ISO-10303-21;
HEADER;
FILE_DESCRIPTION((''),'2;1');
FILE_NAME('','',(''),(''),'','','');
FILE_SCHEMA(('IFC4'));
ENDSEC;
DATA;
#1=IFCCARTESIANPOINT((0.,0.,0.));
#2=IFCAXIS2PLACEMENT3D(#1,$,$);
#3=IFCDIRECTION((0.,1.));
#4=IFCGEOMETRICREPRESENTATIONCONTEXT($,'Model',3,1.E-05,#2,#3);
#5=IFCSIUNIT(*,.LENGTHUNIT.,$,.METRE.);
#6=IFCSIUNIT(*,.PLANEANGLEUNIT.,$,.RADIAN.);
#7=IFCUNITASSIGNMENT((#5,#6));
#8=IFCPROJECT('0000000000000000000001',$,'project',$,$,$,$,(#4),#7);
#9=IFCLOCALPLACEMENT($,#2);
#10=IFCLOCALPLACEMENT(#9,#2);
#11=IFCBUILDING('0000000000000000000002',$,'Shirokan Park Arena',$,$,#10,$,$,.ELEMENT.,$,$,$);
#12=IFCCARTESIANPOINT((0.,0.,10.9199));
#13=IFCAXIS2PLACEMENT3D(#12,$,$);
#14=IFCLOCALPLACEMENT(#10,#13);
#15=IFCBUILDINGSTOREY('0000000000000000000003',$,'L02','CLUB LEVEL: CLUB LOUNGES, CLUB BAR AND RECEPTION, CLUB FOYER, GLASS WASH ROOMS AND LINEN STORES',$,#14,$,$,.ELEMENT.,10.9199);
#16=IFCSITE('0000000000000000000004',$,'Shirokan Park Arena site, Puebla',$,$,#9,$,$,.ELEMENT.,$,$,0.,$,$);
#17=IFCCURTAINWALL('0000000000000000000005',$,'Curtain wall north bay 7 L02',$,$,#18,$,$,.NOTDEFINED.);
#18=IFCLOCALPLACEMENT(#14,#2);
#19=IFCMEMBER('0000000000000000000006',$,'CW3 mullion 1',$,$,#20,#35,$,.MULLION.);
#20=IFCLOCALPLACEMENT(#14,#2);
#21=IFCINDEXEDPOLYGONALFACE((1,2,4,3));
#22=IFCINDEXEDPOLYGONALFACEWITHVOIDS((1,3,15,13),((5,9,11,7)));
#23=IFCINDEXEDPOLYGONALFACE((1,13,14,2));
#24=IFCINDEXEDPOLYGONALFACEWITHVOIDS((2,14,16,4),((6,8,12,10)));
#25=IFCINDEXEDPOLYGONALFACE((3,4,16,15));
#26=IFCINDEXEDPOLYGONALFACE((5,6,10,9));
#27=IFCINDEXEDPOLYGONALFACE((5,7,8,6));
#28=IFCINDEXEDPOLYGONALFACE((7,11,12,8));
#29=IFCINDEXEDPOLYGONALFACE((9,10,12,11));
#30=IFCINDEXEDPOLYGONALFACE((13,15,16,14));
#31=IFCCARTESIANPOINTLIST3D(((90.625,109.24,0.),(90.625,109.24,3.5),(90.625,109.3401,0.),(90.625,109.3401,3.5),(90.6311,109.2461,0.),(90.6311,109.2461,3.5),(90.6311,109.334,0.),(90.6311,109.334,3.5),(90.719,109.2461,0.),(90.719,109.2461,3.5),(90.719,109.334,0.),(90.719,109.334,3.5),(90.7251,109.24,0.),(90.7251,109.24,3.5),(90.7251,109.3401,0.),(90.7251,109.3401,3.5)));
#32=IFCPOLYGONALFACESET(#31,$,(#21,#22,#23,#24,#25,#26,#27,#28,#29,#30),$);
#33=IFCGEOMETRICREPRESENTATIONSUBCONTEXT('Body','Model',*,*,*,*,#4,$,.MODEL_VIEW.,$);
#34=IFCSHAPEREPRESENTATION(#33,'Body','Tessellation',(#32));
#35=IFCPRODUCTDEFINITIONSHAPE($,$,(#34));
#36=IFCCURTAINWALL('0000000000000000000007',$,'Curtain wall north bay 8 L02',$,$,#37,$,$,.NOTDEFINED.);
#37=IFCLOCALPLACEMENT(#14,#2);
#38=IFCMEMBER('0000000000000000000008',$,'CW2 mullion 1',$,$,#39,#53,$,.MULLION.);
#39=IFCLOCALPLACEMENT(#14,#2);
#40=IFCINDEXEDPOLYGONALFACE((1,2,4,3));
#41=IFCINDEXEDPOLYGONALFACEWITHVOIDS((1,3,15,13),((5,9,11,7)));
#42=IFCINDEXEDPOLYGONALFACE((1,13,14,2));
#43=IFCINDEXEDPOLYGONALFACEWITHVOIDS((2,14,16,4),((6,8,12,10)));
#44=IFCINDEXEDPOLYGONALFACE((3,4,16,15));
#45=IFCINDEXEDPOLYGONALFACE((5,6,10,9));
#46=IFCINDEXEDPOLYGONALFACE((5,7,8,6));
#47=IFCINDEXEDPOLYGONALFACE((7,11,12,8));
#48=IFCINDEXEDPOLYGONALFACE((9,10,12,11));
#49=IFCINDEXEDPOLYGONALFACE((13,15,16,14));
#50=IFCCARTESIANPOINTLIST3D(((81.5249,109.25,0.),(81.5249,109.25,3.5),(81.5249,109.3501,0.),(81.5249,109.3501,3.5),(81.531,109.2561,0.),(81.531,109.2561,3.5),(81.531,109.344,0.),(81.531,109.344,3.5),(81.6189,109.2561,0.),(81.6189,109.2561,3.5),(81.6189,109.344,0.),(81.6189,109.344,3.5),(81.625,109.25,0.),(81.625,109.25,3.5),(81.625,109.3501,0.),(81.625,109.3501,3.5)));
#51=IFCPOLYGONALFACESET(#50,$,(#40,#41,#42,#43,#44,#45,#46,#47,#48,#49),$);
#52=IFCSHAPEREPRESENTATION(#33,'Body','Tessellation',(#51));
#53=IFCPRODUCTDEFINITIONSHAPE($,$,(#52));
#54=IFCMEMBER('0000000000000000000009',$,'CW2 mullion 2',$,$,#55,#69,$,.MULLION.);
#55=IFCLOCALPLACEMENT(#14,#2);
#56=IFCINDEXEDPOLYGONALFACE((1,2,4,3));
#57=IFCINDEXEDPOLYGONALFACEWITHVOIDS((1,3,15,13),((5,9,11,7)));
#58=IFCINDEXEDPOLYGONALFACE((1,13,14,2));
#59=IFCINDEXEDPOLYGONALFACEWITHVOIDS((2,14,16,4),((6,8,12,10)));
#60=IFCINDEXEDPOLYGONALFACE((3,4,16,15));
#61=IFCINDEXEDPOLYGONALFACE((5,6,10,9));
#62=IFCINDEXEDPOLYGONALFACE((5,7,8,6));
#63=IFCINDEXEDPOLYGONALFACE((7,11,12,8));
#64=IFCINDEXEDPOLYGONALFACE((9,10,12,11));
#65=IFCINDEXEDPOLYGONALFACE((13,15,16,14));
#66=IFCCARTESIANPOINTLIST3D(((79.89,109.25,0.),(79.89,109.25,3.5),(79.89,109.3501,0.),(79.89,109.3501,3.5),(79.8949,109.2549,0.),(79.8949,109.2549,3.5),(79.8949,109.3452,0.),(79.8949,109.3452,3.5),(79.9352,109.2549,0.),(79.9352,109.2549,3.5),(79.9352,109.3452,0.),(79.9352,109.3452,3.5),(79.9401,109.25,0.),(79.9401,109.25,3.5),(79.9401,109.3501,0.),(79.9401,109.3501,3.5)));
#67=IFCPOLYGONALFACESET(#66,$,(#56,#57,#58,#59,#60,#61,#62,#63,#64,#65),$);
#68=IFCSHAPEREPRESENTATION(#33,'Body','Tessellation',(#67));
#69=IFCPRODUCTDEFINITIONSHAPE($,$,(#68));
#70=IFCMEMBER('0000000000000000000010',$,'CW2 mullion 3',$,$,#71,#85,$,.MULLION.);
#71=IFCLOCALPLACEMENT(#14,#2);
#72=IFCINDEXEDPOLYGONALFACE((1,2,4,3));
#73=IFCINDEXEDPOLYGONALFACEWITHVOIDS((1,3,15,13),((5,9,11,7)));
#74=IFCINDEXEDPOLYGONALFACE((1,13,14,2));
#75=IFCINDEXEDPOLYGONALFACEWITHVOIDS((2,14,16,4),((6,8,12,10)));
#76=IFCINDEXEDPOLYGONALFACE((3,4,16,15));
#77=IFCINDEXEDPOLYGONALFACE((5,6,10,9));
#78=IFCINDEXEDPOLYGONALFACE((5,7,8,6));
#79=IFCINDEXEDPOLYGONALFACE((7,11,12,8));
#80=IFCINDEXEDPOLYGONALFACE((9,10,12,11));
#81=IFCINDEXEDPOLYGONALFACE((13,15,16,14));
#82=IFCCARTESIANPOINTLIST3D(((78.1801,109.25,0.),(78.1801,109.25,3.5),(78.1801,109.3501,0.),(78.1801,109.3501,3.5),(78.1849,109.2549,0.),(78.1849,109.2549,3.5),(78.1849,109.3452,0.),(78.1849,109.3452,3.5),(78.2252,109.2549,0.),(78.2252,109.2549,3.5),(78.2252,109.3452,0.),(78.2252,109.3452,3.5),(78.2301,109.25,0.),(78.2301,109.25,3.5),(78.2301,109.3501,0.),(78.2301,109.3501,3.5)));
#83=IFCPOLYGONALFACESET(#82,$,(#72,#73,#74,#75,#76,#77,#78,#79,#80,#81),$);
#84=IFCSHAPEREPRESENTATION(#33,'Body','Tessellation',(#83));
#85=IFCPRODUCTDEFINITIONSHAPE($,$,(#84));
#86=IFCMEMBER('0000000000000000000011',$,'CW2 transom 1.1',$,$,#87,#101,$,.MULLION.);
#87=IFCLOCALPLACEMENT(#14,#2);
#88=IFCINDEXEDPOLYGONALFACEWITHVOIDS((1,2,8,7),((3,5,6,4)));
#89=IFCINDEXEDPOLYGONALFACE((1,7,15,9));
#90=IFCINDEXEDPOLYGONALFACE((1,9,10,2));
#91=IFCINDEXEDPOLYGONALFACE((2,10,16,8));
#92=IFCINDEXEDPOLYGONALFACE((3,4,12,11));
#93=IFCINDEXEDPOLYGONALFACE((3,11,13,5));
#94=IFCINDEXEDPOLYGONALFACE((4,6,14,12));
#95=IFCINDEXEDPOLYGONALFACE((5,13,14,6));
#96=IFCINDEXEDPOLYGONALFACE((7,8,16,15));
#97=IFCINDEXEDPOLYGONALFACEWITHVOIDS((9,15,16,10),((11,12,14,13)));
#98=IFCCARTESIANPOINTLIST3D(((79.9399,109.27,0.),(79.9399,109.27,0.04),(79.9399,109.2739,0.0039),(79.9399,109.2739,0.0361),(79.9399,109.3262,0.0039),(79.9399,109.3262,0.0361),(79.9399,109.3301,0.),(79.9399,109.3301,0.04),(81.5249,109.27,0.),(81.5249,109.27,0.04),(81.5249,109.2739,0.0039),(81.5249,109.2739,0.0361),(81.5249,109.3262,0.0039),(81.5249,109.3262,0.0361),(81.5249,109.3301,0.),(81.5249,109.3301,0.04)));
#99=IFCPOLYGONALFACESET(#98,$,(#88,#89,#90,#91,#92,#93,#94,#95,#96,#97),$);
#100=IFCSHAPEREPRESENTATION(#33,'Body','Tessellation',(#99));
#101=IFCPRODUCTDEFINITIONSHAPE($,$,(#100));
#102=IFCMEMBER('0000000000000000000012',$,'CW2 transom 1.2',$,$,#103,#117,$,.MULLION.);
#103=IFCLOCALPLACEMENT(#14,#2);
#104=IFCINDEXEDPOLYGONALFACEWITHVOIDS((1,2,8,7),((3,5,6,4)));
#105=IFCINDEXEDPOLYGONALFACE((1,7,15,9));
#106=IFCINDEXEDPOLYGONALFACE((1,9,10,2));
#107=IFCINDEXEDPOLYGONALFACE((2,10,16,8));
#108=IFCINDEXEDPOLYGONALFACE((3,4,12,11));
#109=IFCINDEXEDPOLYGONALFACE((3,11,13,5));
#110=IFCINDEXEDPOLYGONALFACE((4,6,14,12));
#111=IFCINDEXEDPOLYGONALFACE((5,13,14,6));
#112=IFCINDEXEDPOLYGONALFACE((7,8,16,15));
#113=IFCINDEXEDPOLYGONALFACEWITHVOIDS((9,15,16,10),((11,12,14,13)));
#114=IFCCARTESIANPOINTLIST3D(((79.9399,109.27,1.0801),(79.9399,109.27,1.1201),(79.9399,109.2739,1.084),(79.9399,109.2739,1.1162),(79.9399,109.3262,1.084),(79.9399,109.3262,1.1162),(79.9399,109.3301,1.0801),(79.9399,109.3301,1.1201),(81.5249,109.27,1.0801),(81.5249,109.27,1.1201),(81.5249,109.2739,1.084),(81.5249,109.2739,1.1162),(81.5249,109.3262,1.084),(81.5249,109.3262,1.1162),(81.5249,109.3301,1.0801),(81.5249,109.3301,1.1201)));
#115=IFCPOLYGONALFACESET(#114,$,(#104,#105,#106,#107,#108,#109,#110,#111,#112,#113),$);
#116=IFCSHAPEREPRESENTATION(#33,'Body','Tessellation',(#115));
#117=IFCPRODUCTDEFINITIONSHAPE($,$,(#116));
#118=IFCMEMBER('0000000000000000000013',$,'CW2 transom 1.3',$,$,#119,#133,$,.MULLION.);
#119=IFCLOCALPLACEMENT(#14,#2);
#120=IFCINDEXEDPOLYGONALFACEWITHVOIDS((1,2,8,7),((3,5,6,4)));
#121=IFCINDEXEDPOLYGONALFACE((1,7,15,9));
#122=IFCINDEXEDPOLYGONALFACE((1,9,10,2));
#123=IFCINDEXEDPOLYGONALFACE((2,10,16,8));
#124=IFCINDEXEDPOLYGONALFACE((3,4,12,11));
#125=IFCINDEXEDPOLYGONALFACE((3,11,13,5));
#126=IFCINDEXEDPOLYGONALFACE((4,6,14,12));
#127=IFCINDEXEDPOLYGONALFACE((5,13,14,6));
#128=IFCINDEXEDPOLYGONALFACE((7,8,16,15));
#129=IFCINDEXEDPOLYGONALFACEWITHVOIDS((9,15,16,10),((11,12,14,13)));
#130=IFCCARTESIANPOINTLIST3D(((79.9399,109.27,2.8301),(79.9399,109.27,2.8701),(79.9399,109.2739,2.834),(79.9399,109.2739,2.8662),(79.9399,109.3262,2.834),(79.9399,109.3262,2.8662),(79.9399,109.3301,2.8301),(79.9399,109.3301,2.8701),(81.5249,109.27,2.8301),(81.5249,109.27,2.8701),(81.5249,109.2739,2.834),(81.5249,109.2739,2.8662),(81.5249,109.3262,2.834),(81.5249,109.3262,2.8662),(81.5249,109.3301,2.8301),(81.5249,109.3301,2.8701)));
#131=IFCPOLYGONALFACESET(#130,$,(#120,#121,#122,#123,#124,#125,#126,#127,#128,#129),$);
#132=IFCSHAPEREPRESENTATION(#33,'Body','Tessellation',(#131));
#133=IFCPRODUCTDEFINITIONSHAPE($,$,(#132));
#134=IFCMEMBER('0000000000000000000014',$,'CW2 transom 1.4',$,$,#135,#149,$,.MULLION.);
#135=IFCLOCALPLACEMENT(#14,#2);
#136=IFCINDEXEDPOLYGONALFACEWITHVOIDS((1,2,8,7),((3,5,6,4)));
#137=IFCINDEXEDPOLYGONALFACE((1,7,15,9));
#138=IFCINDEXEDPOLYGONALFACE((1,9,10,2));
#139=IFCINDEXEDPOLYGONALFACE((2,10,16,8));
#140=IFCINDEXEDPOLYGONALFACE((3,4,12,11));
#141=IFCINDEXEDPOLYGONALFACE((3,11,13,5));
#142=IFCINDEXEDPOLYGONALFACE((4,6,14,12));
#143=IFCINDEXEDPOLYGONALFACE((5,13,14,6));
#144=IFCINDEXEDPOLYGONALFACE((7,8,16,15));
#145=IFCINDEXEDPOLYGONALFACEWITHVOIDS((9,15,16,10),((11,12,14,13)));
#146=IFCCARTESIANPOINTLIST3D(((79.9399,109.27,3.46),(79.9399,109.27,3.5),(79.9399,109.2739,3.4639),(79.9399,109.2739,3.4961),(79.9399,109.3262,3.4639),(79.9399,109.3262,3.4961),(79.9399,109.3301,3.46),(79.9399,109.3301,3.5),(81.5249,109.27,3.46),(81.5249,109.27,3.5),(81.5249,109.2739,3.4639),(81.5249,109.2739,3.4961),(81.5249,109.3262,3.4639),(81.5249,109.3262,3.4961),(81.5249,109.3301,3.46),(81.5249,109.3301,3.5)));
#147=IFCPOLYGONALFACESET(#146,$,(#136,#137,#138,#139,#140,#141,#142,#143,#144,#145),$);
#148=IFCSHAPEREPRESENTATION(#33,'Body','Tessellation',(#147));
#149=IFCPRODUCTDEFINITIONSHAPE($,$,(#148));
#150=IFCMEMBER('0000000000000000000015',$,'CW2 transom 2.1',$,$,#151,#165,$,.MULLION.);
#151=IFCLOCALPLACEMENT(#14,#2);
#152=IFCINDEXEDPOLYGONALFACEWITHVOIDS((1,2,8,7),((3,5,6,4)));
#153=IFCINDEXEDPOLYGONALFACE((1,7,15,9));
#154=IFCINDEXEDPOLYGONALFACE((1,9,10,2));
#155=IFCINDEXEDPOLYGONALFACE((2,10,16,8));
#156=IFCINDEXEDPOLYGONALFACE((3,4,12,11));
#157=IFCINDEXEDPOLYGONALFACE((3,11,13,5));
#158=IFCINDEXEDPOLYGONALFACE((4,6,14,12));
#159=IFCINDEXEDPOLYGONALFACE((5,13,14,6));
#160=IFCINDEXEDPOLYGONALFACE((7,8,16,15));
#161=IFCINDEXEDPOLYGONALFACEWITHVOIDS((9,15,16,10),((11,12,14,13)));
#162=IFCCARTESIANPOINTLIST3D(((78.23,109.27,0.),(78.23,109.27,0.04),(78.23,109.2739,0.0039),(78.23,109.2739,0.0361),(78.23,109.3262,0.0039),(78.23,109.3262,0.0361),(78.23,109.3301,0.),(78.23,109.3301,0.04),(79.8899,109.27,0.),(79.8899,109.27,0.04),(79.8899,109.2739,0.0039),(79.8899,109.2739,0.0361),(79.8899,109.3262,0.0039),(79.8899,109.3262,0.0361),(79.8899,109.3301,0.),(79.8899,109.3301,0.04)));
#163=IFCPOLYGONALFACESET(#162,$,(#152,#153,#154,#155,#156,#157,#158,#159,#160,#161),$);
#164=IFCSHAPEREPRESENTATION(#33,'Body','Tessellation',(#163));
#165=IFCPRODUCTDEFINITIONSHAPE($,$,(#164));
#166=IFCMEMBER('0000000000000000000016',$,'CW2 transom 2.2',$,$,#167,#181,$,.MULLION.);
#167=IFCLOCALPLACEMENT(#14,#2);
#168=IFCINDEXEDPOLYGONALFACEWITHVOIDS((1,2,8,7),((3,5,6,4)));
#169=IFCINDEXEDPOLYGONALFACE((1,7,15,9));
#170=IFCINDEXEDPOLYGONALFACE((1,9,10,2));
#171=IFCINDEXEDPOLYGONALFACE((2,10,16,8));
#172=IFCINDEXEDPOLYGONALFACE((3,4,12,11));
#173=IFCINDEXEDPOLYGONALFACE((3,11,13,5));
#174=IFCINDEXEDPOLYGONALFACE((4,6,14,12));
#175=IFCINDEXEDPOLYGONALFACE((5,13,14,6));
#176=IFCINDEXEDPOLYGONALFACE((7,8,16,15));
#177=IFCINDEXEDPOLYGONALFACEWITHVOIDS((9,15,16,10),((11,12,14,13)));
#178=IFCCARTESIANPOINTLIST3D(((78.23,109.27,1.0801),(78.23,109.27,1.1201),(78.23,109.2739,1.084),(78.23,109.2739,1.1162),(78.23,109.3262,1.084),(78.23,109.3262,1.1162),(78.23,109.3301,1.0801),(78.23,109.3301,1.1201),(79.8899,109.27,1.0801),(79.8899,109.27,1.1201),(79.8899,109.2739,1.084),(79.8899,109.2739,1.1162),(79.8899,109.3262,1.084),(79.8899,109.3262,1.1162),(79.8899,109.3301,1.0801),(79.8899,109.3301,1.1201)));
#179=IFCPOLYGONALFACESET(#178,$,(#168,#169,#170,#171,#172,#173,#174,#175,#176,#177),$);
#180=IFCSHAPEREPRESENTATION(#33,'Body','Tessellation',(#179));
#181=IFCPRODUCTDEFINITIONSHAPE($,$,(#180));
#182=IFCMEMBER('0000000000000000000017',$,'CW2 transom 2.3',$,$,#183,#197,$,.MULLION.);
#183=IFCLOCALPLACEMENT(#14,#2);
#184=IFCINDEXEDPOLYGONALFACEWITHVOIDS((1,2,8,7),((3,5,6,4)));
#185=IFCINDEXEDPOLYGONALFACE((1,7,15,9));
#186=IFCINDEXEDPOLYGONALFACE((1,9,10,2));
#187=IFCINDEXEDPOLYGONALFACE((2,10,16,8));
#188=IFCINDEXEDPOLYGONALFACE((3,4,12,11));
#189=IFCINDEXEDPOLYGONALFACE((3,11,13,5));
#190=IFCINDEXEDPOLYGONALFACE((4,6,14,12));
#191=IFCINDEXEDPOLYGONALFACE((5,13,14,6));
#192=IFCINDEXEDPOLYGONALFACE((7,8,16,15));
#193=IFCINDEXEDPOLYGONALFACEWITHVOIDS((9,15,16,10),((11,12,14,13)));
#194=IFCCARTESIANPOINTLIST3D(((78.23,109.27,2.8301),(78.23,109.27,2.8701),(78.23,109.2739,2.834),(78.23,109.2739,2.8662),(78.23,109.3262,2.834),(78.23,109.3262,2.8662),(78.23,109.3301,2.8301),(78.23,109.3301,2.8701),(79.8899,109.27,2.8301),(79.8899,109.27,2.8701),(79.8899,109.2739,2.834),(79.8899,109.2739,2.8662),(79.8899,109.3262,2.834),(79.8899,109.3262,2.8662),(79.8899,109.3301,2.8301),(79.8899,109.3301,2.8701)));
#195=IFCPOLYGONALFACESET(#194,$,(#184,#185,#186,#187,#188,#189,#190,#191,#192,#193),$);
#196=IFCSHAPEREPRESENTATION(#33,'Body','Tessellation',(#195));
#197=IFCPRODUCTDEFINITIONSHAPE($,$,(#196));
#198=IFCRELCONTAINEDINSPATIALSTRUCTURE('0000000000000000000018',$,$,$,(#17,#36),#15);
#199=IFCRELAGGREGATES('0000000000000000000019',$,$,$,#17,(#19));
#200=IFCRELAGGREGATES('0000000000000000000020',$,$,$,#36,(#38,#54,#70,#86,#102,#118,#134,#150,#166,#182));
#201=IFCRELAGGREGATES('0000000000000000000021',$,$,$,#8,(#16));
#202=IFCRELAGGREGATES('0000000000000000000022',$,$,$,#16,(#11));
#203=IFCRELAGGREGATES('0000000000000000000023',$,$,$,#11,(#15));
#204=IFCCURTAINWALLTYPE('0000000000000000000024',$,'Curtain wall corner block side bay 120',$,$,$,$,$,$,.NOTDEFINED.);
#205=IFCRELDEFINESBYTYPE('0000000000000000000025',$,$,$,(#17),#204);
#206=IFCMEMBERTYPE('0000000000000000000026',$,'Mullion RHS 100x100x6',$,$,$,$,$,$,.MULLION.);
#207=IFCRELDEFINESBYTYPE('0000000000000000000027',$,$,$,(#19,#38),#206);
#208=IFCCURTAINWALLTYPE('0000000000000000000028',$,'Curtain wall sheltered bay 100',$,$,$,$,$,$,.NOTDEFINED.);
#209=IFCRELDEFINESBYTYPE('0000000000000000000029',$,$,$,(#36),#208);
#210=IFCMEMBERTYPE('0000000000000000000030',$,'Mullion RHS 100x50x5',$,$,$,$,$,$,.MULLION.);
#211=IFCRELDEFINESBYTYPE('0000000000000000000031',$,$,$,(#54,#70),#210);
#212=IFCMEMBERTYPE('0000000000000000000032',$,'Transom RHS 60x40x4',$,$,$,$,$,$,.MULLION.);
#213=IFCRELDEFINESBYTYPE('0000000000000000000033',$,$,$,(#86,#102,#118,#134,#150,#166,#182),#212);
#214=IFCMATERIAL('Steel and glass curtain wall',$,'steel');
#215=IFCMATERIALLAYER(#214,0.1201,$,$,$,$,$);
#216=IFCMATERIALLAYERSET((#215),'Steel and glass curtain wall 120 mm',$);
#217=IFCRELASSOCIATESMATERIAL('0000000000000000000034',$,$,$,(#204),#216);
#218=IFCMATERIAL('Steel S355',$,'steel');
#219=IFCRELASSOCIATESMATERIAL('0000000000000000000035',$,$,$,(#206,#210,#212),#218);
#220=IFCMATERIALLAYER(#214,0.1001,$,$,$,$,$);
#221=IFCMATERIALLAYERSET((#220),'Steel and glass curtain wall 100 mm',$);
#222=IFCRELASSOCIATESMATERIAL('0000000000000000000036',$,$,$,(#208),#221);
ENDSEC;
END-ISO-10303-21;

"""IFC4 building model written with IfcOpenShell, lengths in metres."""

from ifc_helpers import new_model, si_unit, direction, frame, origin, origin_2d, place, context, subcontext, project, spatial, hollow_rectangle, extrude, material, layer, layer_set, material_profile, profile_set, type_object, element, aggregate, save


model = new_model("IFC4")

# Units and contexts
model_context = context("Model", 3, precision=1e-05, world=origin(), true_north=direction((0.0, 1.0)))
body_context = subcontext(model_context, "Body", "Model", "MODEL_VIEW")
ifc_project = project(units=[si_unit("LENGTHUNIT", "METRE"), si_unit("PLANEANGLEUNIT", "RADIAN")], contexts=[model_context])

# Site, building, storey
site_placement = place(None, origin())
site = spatial("IfcSite", under=ifc_project, at=site_placement, Name="Shirokan Park Arena site, Puebla", CompositionType="ELEMENT", RefElevation=0.0)
building_placement = place(site_placement, origin())
building = spatial("IfcBuilding", under=site, at=building_placement, Name="Shirokan Park Arena", CompositionType="ELEMENT")
storey_placement = place(building_placement, frame((0.0, 0.0, 10.9199)))
storey = spatial("IfcBuildingStorey", under=building, at=storey_placement, Name="L02", Description="CLUB LEVEL: CLUB LOUNGES, CLUB BAR AND RECEPTION, CLUB FOYER, GLASS WASH ROOMS AND LINEN STORES", CompositionType="ELEMENT", Elevation=10.9199)

# Curtain wall, member
ifc_material_1 = material(Name="Steel and glass curtain wall", Category="steel")
ifc_layer_1 = layer(ifc_material_1, 0.1201)
ifc_layer_set_1 = layer_set([ifc_layer_1], Name="Steel and glass curtain wall 120 mm")
curtain_wall_type_1 = type_object("IfcCurtainWallType", Name="Curtain wall corner block side bay 120", PredefinedType="NOTDEFINED", material=ifc_layer_set_1)
curtain_wall_1_placement = place(storey_placement, origin())
curtain_wall_1 = element("IfcCurtainWall", 1, at=curtain_wall_1_placement, inside=storey, type_object=curtain_wall_type_1, Name="Curtain wall north bay 7 L02", PredefinedType="NOTDEFINED")
ifc_material_2 = material(Name="Steel S355", Category="steel")
ifc_material_profile_1 = material_profile(ifc_material_2, hollow_rectangle(XDim=0.1001, YDim=0.1001, WallThickness=0.0061, at=origin_2d()), Name="RHS 100x100x6")
ifc_profile_set_1 = profile_set([ifc_material_profile_1], Name="Steel S355")
member_type_1 = type_object("IfcMemberType", Name="Mullion RHS 100x100x6", PredefinedType="MULLION", material=ifc_profile_set_1)
member_1_placement = place(storey_placement, frame((90.675, 109.29, 0.0), z_axis=(0.0, 0.0, 1.0), x_axis=(0.0, -1.0, 0.0)))
member_1 = element("IfcMember", 2, at=member_1_placement, type_object=member_type_1, Name="CW3 mullion 1", PredefinedType="MULLION", context=body_context, shape_type="SweptSolid", body=[
    extrude(hollow_rectangle(XDim=0.1001, YDim=0.1001, WallThickness=0.0061, at=origin_2d()), origin(), (0.0, 0.0, 1.0), 3.5),
])
aggregate(curtain_wall_1, [member_1])

# Curtain wall, members
ifc_layer_2 = layer(ifc_material_1, 0.1001)
ifc_layer_set_2 = layer_set([ifc_layer_2], Name="Steel and glass curtain wall 100 mm")
curtain_wall_type_2 = type_object("IfcCurtainWallType", Name="Curtain wall sheltered bay 100", PredefinedType="NOTDEFINED", material=ifc_layer_set_2)
curtain_wall_2_placement = place(storey_placement, origin())
curtain_wall_2 = element("IfcCurtainWall", 3, at=curtain_wall_2_placement, inside=storey, type_object=curtain_wall_type_2, Name="Curtain wall north bay 8 L02", PredefinedType="NOTDEFINED")
member_2_placement = place(storey_placement, frame((81.575, 109.3, 0.0), z_axis=(0.0, 0.0, 1.0), x_axis=(0.0, -1.0, 0.0)))
member_2 = element("IfcMember", 4, at=member_2_placement, type_object=member_type_1, Name="CW2 mullion 1", PredefinedType="MULLION", context=body_context, shape_type="SweptSolid", body=[
    extrude(hollow_rectangle(XDim=0.1001, YDim=0.1001, WallThickness=0.0061, at=origin_2d()), origin(), (0.0, 0.0, 1.0), 3.5),
])
ifc_material_profile_2 = material_profile(ifc_material_2, hollow_rectangle(XDim=0.1001, YDim=0.05, WallThickness=0.0049, at=origin_2d()), Name="RHS 100x50x5")
ifc_profile_set_2 = profile_set([ifc_material_profile_2], Name="Steel S355")
member_type_2 = type_object("IfcMemberType", Name="Mullion RHS 100x50x5", PredefinedType="MULLION", material=ifc_profile_set_2)
member_3_placement = place(storey_placement, frame((79.915, 109.3, 0.0), z_axis=(0.0, 0.0, 1.0), x_axis=(0.0, -1.0, 0.0)))
member_3 = element("IfcMember", 5, at=member_3_placement, type_object=member_type_2, Name="CW2 mullion 2", PredefinedType="MULLION", context=body_context, shape_type="SweptSolid", body=[
    extrude(hollow_rectangle(XDim=0.1001, YDim=0.05, WallThickness=0.0049, at=origin_2d()), origin(), (0.0, 0.0, 1.0), 3.5),
])
member_4_placement = place(storey_placement, frame((78.2051, 109.3, 0.0), z_axis=(0.0, 0.0, 1.0), x_axis=(0.0, -1.0, 0.0)))
member_4 = element("IfcMember", 6, at=member_4_placement, type_object=member_type_2, Name="CW2 mullion 3", PredefinedType="MULLION", context=body_context, shape_type="SweptSolid", body=[
    extrude(hollow_rectangle(XDim=0.1001, YDim=0.05, WallThickness=0.0049, at=origin_2d()), origin(), (0.0, 0.0, 1.0), 3.5),
])
ifc_material_profile_3 = material_profile(ifc_material_2, hollow_rectangle(XDim=0.0601, YDim=0.04, WallThickness=0.0039, at=origin_2d()), Name="RHS 60x40x4")
ifc_profile_set_3 = profile_set([ifc_material_profile_3], Name="Steel S355")
member_type_3 = type_object("IfcMemberType", Name="Transom RHS 60x40x4", PredefinedType="MULLION", material=ifc_profile_set_3)
member_5_placement = place(storey_placement, frame((81.5249, 109.3, 0.02), z_axis=(-1.0, 0.0, 0.0), x_axis=(0.0, -1.0, 0.0)))
member_5 = element("IfcMember", 7, at=member_5_placement, type_object=member_type_3, Name="CW2 transom 1.1", PredefinedType="MULLION", context=body_context, shape_type="SweptSolid", body=[
    extrude(hollow_rectangle(XDim=0.0601, YDim=0.04, WallThickness=0.0039, at=origin_2d()), origin(), (0.0, 0.0, 1.0), 1.585),
])
member_6_placement = place(storey_placement, frame((81.5249, 109.3, 1.1001), z_axis=(-1.0, 0.0, 0.0), x_axis=(0.0, -1.0, 0.0)))
member_6 = element("IfcMember", 8, at=member_6_placement, type_object=member_type_3, Name="CW2 transom 1.2", PredefinedType="MULLION", context=body_context, shape_type="SweptSolid", body=[
    extrude(hollow_rectangle(XDim=0.0601, YDim=0.04, WallThickness=0.0039, at=origin_2d()), origin(), (0.0, 0.0, 1.0), 1.585),
])
member_7_placement = place(storey_placement, frame((81.5249, 109.3, 2.8501), z_axis=(-1.0, 0.0, 0.0), x_axis=(0.0, -1.0, 0.0)))
member_7 = element("IfcMember", 9, at=member_7_placement, type_object=member_type_3, Name="CW2 transom 1.3", PredefinedType="MULLION", context=body_context, shape_type="SweptSolid", body=[
    extrude(hollow_rectangle(XDim=0.0601, YDim=0.04, WallThickness=0.0039, at=origin_2d()), origin(), (0.0, 0.0, 1.0), 1.585),
])
member_8_placement = place(storey_placement, frame((81.5249, 109.3, 3.48), z_axis=(-1.0, 0.0, 0.0), x_axis=(0.0, -1.0, 0.0)))
member_8 = element("IfcMember", 10, at=member_8_placement, type_object=member_type_3, Name="CW2 transom 1.4", PredefinedType="MULLION", context=body_context, shape_type="SweptSolid", body=[
    extrude(hollow_rectangle(XDim=0.0601, YDim=0.04, WallThickness=0.0039, at=origin_2d()), origin(), (0.0, 0.0, 1.0), 1.585),
])
member_9_placement = place(storey_placement, frame((79.8899, 109.3, 0.02), z_axis=(-1.0, 0.0, 0.0), x_axis=(0.0, -1.0, 0.0)))
member_9 = element("IfcMember", 11, at=member_9_placement, type_object=member_type_3, Name="CW2 transom 2.1", PredefinedType="MULLION", context=body_context, shape_type="SweptSolid", body=[
    extrude(hollow_rectangle(XDim=0.0601, YDim=0.04, WallThickness=0.0039, at=origin_2d()), origin(), (0.0, 0.0, 1.0), 1.6599),
])
member_10_placement = place(storey_placement, frame((79.8899, 109.3, 1.1001), z_axis=(-1.0, 0.0, 0.0), x_axis=(0.0, -1.0, 0.0)))
member_10 = element("IfcMember", 12, at=member_10_placement, type_object=member_type_3, Name="CW2 transom 2.2", PredefinedType="MULLION", context=body_context, shape_type="SweptSolid", body=[
    extrude(hollow_rectangle(XDim=0.0601, YDim=0.04, WallThickness=0.0039, at=origin_2d()), origin(), (0.0, 0.0, 1.0), 1.6599),
])
member_11_placement = place(storey_placement, frame((79.8899, 109.3, 2.8501), z_axis=(-1.0, 0.0, 0.0), x_axis=(0.0, -1.0, 0.0)))
member_11 = element("IfcMember", 13, at=member_11_placement, type_object=member_type_3, Name="CW2 transom 2.3", PredefinedType="MULLION", context=body_context, shape_type="SweptSolid", body=[
    extrude(hollow_rectangle(XDim=0.0601, YDim=0.04, WallThickness=0.0039, at=origin_2d()), origin(), (0.0, 0.0, 1.0), 1.6599),
])
aggregate(curtain_wall_2, [member_2, member_3, member_4, member_5, member_6, member_7, member_8, member_9, member_10, member_11])

save(model, "model.ifc")
